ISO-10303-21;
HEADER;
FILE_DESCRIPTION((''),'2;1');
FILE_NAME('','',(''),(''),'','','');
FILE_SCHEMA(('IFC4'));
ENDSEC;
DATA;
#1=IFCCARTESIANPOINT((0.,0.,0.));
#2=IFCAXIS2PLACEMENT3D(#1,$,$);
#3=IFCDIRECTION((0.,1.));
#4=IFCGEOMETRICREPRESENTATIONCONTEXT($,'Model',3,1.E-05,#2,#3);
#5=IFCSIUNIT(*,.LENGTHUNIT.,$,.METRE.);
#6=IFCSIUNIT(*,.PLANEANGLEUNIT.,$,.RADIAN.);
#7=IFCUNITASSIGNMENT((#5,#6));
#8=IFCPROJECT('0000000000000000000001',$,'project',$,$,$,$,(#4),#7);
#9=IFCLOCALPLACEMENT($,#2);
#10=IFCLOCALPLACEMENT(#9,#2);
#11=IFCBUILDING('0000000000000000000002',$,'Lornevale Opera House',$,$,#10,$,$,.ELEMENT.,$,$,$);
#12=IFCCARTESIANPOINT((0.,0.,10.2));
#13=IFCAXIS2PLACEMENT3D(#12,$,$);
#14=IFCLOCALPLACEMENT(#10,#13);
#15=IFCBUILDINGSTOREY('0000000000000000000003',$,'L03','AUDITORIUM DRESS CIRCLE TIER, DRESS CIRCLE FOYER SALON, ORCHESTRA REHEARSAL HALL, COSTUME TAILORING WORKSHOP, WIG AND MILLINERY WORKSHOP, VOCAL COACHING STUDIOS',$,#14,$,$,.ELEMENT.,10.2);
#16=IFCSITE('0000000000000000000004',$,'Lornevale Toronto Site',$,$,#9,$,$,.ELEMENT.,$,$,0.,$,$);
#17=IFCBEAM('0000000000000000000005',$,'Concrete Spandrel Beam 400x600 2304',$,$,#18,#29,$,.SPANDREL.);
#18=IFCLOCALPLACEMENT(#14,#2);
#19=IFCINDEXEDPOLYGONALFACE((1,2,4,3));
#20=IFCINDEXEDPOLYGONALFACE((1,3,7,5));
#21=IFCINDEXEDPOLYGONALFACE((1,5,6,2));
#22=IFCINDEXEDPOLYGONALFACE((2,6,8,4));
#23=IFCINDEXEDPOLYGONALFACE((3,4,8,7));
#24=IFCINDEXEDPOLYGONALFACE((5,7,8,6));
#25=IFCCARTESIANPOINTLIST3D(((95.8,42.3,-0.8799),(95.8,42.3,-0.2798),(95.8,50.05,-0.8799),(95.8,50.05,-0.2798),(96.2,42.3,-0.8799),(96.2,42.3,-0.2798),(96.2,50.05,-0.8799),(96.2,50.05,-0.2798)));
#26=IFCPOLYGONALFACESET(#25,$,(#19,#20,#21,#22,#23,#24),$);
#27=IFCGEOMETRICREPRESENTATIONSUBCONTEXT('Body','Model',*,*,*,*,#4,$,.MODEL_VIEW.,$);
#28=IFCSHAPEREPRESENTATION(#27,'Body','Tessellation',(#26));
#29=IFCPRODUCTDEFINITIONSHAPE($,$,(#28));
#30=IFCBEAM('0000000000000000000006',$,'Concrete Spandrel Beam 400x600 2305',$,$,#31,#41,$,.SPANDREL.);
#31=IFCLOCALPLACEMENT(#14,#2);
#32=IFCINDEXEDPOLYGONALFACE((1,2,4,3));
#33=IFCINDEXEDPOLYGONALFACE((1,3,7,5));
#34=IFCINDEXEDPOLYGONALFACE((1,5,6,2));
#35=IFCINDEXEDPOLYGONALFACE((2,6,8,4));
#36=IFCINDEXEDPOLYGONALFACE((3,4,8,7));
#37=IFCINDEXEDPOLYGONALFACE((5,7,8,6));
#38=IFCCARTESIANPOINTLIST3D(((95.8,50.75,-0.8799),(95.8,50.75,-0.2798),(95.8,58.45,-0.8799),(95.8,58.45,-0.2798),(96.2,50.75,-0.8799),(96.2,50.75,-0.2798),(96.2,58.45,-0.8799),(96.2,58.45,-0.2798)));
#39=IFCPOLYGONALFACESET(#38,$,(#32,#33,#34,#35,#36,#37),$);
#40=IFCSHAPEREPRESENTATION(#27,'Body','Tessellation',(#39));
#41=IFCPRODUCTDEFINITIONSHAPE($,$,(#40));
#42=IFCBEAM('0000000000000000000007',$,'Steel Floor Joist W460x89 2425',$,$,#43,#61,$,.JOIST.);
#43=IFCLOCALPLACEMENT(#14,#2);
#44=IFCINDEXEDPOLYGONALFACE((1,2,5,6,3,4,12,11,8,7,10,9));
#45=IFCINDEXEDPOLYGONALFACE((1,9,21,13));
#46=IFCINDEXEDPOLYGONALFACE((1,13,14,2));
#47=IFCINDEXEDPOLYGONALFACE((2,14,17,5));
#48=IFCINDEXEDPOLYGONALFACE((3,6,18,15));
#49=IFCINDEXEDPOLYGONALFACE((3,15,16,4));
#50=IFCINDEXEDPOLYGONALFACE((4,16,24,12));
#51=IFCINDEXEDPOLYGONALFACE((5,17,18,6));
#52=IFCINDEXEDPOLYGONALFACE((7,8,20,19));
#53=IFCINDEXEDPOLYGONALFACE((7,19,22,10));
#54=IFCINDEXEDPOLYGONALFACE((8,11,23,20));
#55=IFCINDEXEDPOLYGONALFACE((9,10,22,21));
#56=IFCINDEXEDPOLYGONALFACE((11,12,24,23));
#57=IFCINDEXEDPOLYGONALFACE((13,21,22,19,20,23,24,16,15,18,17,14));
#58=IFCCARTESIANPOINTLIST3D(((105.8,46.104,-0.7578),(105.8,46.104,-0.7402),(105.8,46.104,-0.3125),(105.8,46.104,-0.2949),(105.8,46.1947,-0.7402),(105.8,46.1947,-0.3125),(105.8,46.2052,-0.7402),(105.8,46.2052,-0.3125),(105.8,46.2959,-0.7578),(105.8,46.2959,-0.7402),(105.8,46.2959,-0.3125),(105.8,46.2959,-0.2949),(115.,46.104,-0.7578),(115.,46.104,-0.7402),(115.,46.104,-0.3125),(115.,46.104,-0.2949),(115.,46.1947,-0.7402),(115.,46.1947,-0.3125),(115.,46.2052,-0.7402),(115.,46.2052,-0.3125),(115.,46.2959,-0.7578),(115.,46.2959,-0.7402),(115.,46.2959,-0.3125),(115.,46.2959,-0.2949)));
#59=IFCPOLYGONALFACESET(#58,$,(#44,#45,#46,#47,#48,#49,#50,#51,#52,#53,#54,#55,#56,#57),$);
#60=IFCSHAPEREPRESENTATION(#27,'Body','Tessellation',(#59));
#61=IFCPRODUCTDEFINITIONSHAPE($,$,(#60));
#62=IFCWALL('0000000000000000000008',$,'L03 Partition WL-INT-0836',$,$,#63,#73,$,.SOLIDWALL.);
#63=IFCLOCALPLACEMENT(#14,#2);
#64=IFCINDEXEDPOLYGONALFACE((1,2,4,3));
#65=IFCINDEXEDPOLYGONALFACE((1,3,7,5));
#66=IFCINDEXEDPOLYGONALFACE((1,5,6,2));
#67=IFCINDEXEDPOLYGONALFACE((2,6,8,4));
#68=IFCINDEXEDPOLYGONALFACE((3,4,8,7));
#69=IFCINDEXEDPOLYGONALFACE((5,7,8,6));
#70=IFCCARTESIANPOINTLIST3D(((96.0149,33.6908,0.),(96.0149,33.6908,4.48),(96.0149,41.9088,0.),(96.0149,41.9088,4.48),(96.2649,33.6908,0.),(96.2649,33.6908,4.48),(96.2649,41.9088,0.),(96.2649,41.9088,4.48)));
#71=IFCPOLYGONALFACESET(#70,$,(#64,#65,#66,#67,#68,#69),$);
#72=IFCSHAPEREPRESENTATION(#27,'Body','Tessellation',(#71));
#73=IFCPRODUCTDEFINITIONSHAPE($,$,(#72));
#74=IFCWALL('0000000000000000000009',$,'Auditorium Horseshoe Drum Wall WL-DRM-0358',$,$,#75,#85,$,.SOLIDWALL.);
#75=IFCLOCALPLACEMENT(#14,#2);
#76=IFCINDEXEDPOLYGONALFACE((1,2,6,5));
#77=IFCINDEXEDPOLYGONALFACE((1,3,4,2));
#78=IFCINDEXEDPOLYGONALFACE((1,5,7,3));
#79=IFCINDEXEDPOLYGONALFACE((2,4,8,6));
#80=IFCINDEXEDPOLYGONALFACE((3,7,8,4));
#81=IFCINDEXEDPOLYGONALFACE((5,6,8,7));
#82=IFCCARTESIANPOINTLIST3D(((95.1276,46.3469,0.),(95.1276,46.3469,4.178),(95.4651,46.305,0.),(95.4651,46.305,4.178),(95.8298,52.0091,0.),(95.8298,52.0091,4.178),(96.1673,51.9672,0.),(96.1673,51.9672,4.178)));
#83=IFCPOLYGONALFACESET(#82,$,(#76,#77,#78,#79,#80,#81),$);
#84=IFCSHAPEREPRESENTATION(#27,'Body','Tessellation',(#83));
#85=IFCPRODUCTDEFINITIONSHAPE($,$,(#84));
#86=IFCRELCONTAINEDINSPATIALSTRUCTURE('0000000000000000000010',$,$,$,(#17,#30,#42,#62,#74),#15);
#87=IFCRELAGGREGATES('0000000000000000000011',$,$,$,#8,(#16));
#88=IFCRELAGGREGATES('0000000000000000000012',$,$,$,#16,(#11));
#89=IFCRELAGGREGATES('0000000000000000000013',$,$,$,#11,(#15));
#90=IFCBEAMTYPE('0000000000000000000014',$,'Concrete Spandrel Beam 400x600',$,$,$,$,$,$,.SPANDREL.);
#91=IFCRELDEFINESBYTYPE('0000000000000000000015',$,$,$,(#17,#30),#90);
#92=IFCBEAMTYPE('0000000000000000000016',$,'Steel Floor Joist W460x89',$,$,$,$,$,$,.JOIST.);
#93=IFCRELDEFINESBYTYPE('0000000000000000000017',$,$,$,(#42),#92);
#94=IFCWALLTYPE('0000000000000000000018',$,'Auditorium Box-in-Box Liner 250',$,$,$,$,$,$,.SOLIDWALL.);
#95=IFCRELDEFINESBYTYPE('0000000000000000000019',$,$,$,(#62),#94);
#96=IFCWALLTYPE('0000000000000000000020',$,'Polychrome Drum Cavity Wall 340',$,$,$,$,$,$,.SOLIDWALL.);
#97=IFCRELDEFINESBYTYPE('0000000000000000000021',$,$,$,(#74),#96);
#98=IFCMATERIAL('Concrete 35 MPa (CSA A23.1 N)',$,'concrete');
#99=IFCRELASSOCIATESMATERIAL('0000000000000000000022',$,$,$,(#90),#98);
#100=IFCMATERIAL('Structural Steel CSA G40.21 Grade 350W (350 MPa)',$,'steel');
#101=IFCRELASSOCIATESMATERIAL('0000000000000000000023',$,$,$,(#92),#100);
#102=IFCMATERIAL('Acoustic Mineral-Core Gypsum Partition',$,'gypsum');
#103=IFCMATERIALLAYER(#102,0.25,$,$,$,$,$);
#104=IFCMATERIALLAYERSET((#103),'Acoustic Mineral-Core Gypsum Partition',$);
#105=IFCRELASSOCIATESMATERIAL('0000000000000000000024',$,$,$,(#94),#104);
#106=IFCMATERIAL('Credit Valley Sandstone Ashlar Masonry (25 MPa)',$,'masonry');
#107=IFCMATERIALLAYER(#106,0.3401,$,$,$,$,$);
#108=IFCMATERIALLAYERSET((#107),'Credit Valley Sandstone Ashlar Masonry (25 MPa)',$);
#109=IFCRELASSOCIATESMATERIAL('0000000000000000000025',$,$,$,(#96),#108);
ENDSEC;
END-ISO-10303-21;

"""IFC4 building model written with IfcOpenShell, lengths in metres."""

from ifc_helpers import new_model, si_unit, direction, frame, frame_2d, origin, origin_2d, place, context, subcontext, project, spatial, rectangle, i_section, extrude, material, layer, layer_set, material_profile, profile_set, type_object, element, save


model = new_model("IFC4")

# Units and contexts
model_context = context("Model", 3, precision=1e-05, world=origin(), true_north=direction((0.0, 1.0)))
body_context = subcontext(model_context, "Body", "Model", "MODEL_VIEW")
ifc_project = project(units=[si_unit("LENGTHUNIT", "METRE"), si_unit("PLANEANGLEUNIT", "RADIAN")], contexts=[model_context])

# Site, building, storey
site_placement = place(None, origin())
site = spatial("IfcSite", under=ifc_project, at=site_placement, Name="Lornevale Toronto Site", CompositionType="ELEMENT", RefElevation=0.0)
building_placement = place(site_placement, origin())
building = spatial("IfcBuilding", under=site, at=building_placement, Name="Lornevale Opera House", CompositionType="ELEMENT")
storey_placement = place(building_placement, frame((0.0, 0.0, 10.2)))
storey = spatial("IfcBuildingStorey", under=building, at=storey_placement, Name="L03", Description="AUDITORIUM DRESS CIRCLE TIER, DRESS CIRCLE FOYER SALON, ORCHESTRA REHEARSAL HALL, COSTUME TAILORING WORKSHOP, WIG AND MILLINERY WORKSHOP, VOCAL COACHING STUDIOS", CompositionType="ELEMENT", Elevation=10.2)

# Beams
ifc_material_1 = material(Name="Concrete 35 MPa (CSA A23.1 N)", Category="concrete")
ifc_material_profile_1 = material_profile(ifc_material_1, rectangle(XDim=0.3999, YDim=0.6001, at=origin_2d()), Name="RC400x600")
ifc_profile_set_1 = profile_set([ifc_material_profile_1], Name="Concrete 35 MPa (CSA A23.1 N)")
beam_type_1 = type_object("IfcBeamType", Name="Concrete Spandrel Beam 400x600", PredefinedType="SPANDREL", material=ifc_profile_set_1)
beam_1_placement = place(storey_placement, frame((96.0, 42.3, -0.5798), z_axis=(0.0, 1.0, 0.0), x_axis=(-1.0, 0.0, 0.0)))
element("IfcBeam", 1, at=beam_1_placement, inside=storey, type_object=beam_type_1, Name="Concrete Spandrel Beam 400x600 2304", PredefinedType="SPANDREL", context=body_context, shape_type="SweptSolid", body=[
    extrude(rectangle(XDim=0.3999, YDim=0.6001, at=origin_2d()), origin(), (0.0, 0.0, 1.0), 7.75),
])
beam_2_placement = place(storey_placement, frame((96.0, 50.75, -0.5798), z_axis=(0.0, 1.0, 0.0), x_axis=(-1.0, 0.0, 0.0)))
element("IfcBeam", 2, at=beam_2_placement, inside=storey, type_object=beam_type_1, Name="Concrete Spandrel Beam 400x600 2305", PredefinedType="SPANDREL", context=body_context, shape_type="SweptSolid", body=[
    extrude(rectangle(XDim=0.3999, YDim=0.6001, at=origin_2d()), origin(), (0.0, 0.0, 1.0), 7.7),
])
ifc_material_2 = material(Name="Structural Steel CSA G40.21 Grade 350W (350 MPa)", Category="steel")
ifc_material_profile_2 = material_profile(ifc_material_2, i_section(OverallWidth=0.1919, OverallDepth=0.4629, WebThickness=0.0105, FlangeThickness=0.0176, at=origin_2d()), Name="W460x89")
ifc_profile_set_2 = profile_set([ifc_material_profile_2], Name="Structural Steel CSA G40.21 Grade 350W (350 MPa)")
beam_type_2 = type_object("IfcBeamType", Name="Steel Floor Joist W460x89", PredefinedType="JOIST", material=ifc_profile_set_2)
beam_3_placement = place(storey_placement, frame((105.8, 46.2, -0.5264), z_axis=(1.0, 0.0, 0.0), x_axis=(0.0, 1.0, 0.0)))
element("IfcBeam", 3, at=beam_3_placement, inside=storey, type_object=beam_type_2, Name="Steel Floor Joist W460x89 2425", PredefinedType="JOIST", context=body_context, shape_type="SweptSolid", body=[
    extrude(i_section(OverallWidth=0.1919, OverallDepth=0.4629, WebThickness=0.0105, FlangeThickness=0.0176, at=origin_2d()), origin(), (0.0, 0.0, 1.0), 9.2),
])

# Walls
ifc_material_3 = material(Name="Acoustic Mineral-Core Gypsum Partition", Category="gypsum")
ifc_layer_1 = layer(ifc_material_3, 0.25)
ifc_layer_set_1 = layer_set([ifc_layer_1], Name="Acoustic Mineral-Core Gypsum Partition")
wall_type_1 = type_object("IfcWallType", Name="Auditorium Box-in-Box Liner 250", PredefinedType="SOLIDWALL", material=ifc_layer_set_1)
wall_1_placement = place(storey_placement, frame((96.1399, 33.6909, 0.0), z_axis=(0.0, 0.0, 1.0), x_axis=(0.0, 1.0, 0.0)))
element("IfcWall", 4, at=wall_1_placement, inside=storey, type_object=wall_type_1, Name="L03 Partition WL-INT-0836", PredefinedType="SOLIDWALL", context=body_context, shape_type="SweptSolid", body=[
    extrude(rectangle(XDim=8.218, YDim=0.25, at=frame_2d((4.1089, 0.0))), origin(), (0.0, 0.0, 1.0), 4.48),
])
ifc_material_4 = material(Name="Credit Valley Sandstone Ashlar Masonry (25 MPa)", Category="masonry")
ifc_layer_2 = layer(ifc_material_4, 0.3401)
ifc_layer_set_2 = layer_set([ifc_layer_2], Name="Credit Valley Sandstone Ashlar Masonry (25 MPa)")
wall_type_2 = type_object("IfcWallType", Name="Polychrome Drum Cavity Wall 340", PredefinedType="SOLIDWALL", material=ifc_layer_set_2)
wall_2_placement = place(storey_placement, frame((95.2964, 46.3259, 0.0), z_axis=(0.0, 0.0, 1.0), x_axis=(0.123066, 0.992399, 0.0)))
element("IfcWall", 5, at=wall_2_placement, inside=storey, type_object=wall_type_2, Name="Auditorium Horseshoe Drum Wall WL-DRM-0358", PredefinedType="SOLIDWALL", context=body_context, shape_type="SweptSolid", body=[
    extrude(rectangle(XDim=5.7056, YDim=0.3401, at=frame_2d((2.8528, 0.0))), origin(), (0.0, 0.0, 1.0), 4.178),
])

save(model, "model.ifc")
